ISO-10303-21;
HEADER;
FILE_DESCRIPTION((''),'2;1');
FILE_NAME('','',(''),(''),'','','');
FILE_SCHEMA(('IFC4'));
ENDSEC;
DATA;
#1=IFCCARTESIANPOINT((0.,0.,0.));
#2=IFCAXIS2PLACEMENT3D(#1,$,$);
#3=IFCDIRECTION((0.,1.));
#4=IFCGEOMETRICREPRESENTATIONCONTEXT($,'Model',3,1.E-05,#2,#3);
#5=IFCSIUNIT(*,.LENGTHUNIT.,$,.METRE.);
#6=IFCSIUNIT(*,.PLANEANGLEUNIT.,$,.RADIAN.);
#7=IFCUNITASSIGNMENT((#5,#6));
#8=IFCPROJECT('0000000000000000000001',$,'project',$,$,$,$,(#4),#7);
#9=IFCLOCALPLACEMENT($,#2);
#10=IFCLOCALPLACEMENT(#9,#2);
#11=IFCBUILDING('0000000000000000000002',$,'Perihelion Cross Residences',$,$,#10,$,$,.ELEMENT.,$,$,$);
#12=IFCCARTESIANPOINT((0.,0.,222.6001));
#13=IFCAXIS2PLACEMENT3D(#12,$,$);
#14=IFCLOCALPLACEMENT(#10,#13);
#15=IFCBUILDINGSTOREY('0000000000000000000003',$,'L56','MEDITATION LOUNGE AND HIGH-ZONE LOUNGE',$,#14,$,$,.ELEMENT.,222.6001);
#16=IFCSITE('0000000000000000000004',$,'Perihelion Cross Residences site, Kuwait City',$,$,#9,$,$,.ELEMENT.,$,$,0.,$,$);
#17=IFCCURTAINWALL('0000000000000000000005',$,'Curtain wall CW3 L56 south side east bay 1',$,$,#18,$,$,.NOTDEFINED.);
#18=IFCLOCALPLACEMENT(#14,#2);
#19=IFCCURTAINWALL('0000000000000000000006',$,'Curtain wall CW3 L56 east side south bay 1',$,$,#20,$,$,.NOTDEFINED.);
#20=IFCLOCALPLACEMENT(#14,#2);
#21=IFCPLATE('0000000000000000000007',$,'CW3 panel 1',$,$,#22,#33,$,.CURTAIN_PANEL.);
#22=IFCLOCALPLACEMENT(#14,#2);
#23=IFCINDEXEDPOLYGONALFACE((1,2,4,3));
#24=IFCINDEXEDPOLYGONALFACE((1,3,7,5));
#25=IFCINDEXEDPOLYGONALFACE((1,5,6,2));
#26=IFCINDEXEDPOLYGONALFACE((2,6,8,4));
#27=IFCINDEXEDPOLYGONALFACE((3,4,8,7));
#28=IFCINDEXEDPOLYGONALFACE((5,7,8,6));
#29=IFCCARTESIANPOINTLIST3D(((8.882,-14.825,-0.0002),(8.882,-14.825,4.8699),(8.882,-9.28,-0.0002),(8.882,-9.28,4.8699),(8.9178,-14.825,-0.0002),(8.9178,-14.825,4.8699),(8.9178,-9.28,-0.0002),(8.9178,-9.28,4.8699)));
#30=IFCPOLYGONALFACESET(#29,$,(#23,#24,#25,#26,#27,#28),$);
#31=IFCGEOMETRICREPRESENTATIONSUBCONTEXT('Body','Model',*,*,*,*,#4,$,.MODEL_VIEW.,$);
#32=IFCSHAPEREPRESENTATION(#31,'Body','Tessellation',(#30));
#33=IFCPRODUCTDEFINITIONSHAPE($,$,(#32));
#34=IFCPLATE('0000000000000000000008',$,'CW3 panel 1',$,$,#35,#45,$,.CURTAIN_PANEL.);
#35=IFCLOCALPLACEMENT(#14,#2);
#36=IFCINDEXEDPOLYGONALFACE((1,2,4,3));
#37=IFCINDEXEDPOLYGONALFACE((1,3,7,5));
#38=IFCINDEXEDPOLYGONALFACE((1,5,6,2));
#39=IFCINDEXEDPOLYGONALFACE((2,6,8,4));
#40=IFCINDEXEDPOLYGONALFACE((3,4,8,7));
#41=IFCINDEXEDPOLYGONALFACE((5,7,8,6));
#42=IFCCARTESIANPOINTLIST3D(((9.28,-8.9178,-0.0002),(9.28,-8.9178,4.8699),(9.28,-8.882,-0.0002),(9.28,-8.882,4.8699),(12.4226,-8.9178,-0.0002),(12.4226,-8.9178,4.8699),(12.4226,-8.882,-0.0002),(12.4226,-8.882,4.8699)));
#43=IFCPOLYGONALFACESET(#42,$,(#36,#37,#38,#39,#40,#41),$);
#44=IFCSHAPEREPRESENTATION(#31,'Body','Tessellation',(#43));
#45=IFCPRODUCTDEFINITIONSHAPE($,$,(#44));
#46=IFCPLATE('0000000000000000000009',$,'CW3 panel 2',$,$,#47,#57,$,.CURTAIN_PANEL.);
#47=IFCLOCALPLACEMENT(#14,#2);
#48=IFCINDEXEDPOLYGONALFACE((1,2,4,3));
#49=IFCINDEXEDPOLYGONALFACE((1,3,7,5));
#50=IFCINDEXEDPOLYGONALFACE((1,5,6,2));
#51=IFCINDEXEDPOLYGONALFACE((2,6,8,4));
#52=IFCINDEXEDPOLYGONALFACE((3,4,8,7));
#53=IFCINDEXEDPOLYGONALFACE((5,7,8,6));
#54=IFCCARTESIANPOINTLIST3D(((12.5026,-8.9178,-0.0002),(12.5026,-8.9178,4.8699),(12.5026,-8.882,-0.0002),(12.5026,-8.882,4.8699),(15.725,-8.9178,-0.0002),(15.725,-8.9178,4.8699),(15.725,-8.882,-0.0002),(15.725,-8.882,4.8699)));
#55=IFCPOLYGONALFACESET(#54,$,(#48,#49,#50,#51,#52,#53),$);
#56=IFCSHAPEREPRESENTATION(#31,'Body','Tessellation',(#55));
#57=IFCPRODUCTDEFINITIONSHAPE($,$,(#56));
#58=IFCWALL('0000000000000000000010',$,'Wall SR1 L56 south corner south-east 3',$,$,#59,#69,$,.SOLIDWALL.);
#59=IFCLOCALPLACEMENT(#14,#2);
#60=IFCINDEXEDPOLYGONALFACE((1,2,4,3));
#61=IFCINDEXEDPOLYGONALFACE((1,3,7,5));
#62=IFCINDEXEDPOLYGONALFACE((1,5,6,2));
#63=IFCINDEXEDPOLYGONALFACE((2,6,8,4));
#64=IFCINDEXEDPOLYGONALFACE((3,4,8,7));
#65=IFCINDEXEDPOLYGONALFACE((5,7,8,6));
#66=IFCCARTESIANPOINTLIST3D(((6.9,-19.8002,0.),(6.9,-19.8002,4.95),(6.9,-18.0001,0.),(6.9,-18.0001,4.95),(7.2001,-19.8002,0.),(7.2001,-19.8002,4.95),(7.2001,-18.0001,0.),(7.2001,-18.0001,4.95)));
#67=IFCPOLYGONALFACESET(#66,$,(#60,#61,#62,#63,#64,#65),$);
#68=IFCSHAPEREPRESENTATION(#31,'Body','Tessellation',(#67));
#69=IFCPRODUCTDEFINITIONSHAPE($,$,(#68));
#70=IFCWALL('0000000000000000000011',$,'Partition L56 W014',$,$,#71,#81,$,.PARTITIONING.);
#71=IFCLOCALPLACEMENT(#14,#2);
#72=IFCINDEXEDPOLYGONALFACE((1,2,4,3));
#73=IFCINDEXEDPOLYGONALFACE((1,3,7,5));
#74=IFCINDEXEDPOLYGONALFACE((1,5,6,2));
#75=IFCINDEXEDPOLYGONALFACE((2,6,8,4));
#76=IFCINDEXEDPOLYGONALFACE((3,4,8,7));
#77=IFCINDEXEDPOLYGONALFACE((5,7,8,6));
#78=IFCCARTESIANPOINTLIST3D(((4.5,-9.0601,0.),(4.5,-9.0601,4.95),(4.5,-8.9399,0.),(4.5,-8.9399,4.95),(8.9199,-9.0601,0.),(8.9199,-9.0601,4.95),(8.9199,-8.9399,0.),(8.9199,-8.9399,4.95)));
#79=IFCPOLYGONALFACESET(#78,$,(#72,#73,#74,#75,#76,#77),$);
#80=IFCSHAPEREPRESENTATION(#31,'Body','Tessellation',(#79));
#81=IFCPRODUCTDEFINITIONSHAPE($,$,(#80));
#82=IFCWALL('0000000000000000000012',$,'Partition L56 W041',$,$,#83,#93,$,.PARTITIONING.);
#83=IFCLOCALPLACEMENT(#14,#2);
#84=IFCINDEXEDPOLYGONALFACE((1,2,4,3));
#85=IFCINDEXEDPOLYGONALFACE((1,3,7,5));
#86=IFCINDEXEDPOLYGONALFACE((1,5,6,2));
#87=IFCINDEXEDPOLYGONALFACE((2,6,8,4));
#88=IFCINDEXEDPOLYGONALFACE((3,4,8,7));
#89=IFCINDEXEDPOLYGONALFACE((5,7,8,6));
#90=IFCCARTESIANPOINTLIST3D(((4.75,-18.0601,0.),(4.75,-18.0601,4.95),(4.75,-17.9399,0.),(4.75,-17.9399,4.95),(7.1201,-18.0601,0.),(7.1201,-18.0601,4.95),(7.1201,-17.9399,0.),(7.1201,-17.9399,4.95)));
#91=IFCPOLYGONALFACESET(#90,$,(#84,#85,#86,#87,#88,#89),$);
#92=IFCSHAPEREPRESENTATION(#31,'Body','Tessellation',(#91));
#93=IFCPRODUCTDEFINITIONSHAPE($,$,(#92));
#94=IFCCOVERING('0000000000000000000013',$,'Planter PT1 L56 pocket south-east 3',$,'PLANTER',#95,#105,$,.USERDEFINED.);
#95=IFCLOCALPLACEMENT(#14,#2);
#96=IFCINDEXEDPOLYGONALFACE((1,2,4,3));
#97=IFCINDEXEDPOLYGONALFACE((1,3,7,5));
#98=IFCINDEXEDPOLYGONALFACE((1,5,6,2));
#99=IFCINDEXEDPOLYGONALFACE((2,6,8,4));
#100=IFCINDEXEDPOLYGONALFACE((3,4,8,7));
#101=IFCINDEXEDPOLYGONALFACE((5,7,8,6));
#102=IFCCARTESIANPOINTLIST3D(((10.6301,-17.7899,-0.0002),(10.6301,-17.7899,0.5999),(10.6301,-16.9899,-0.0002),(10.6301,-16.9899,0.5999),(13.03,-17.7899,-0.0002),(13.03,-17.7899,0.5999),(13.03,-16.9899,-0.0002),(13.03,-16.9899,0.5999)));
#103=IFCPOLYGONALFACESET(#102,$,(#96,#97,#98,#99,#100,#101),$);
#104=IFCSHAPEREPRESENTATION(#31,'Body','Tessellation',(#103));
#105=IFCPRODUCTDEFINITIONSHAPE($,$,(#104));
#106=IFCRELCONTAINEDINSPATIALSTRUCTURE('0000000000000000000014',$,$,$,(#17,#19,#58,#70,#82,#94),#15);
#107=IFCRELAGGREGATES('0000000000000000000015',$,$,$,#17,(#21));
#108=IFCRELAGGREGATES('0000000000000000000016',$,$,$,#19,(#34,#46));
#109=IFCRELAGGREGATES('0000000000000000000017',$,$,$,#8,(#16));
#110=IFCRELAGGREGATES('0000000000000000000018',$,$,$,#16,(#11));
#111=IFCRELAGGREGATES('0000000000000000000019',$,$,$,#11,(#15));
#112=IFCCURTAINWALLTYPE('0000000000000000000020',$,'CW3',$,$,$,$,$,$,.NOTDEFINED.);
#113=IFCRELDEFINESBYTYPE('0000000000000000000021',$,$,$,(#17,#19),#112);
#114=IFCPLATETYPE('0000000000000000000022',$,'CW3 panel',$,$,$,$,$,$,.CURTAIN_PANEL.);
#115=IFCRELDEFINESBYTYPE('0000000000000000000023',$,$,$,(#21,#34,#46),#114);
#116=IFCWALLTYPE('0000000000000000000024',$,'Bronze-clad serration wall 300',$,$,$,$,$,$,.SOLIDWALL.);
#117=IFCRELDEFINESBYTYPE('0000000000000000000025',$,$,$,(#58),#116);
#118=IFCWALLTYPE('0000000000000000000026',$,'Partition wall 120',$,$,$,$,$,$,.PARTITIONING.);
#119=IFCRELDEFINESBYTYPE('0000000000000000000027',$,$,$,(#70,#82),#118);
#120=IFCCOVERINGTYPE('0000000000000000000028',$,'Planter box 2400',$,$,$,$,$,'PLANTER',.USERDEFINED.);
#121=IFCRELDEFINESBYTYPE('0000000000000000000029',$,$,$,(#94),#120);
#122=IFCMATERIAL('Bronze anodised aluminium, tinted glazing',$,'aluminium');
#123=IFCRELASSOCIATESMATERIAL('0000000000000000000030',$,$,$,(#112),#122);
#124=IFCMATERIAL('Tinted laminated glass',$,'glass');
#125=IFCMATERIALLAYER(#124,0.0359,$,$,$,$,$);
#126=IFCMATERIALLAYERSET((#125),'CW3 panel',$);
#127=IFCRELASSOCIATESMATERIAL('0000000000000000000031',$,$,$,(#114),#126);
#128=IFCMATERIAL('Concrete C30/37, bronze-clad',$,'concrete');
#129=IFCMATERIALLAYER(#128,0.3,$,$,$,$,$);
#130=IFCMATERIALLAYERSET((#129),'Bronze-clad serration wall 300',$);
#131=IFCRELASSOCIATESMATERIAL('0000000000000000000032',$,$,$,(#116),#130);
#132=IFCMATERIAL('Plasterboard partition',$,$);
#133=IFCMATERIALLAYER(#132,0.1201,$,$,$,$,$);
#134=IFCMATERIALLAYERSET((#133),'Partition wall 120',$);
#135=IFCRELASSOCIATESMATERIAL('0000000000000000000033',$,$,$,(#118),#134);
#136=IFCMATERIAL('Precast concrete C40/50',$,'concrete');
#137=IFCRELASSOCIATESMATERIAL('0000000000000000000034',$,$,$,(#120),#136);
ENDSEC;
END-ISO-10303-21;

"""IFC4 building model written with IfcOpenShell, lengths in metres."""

from ifc_helpers import new_model, si_unit, direction, frame, frame_2d, origin, origin_2d, place, context, subcontext, project, spatial, rectangle, extrude, material, layer, layer_set, type_object, element, aggregate, save


model = new_model("IFC4")

# Units and contexts
model_context = context("Model", 3, precision=1e-05, world=origin(), true_north=direction((0.0, 1.0)))
body_context = subcontext(model_context, "Body", "Model", "MODEL_VIEW")
ifc_project = project(units=[si_unit("LENGTHUNIT", "METRE"), si_unit("PLANEANGLEUNIT", "RADIAN")], contexts=[model_context])

# Site, building, storey
site_placement = place(None, origin())
site = spatial("IfcSite", under=ifc_project, at=site_placement, Name="Perihelion Cross Residences site, Kuwait City", CompositionType="ELEMENT", RefElevation=0.0)
building_placement = place(site_placement, origin())
building = spatial("IfcBuilding", under=site, at=building_placement, Name="Perihelion Cross Residences", CompositionType="ELEMENT")
storey_placement = place(building_placement, frame((0.0, 0.0, 222.6001)))
storey = spatial("IfcBuildingStorey", under=building, at=storey_placement, Name="L56", Description="MEDITATION LOUNGE AND HIGH-ZONE LOUNGE", CompositionType="ELEMENT", Elevation=222.6001)

# Curtain wall
ifc_material_1 = material(Name="Bronze anodised aluminium, tinted glazing", Category="aluminium")
curtain_wall_type = type_object("IfcCurtainWallType", Name="CW3", PredefinedType="NOTDEFINED", material=ifc_material_1)
curtain_wall_1_placement = place(storey_placement, origin())
curtain_wall_1 = element("IfcCurtainWall", 1, at=curtain_wall_1_placement, inside=storey, type_object=curtain_wall_type, Name="Curtain wall CW3 L56 south side east bay 1", PredefinedType="NOTDEFINED")

# Curtain wall
curtain_wall_2_placement = place(storey_placement, origin())
curtain_wall_2 = element("IfcCurtainWall", 2, at=curtain_wall_2_placement, inside=storey, type_object=curtain_wall_type, Name="Curtain wall CW3 L56 east side south bay 1", PredefinedType="NOTDEFINED")

# Plates
ifc_material_2 = material(Name="Tinted laminated glass", Category="glass")
ifc_layer_1 = layer(ifc_material_2, 0.0359)
ifc_layer_set_1 = layer_set([ifc_layer_1], Name="CW3 panel")
plate_type = type_object("IfcPlateType", Name="CW3 panel", PredefinedType="CURTAIN_PANEL", material=ifc_layer_set_1)
plate_1_placement = place(storey_placement, frame((8.8999, -12.0525, -0.0002), z_axis=(0.0, 0.0, 1.0), x_axis=(0.0, 1.0, 0.0)))
plate_1 = element("IfcPlate", 3, at=plate_1_placement, type_object=plate_type, Name="CW3 panel 1", PredefinedType="CURTAIN_PANEL", context=body_context, shape_type="SweptSolid", body=[
    extrude(rectangle(XDim=5.5449, YDim=0.0359, at=origin_2d()), origin(), (0.0, 0.0, 1.0), 4.8701),
])
aggregate(curtain_wall_1, [plate_1])
plate_2_placement = place(storey_placement, frame((10.8513, -8.8999, -0.0002), z_axis=(0.0, 0.0, 1.0), x_axis=(1.0, 0.0, 0.0)))
plate_2 = element("IfcPlate", 4, at=plate_2_placement, type_object=plate_type, Name="CW3 panel 1", PredefinedType="CURTAIN_PANEL", context=body_context, shape_type="SweptSolid", body=[
    extrude(rectangle(XDim=3.1426, YDim=0.0359, at=origin_2d()), origin(), (0.0, 0.0, 1.0), 4.8701),
])
plate_3_placement = place(storey_placement, frame((14.1138, -8.8999, -0.0002), z_axis=(0.0, 0.0, 1.0), x_axis=(1.0, 0.0, 0.0)))
plate_3 = element("IfcPlate", 5, at=plate_3_placement, type_object=plate_type, Name="CW3 panel 2", PredefinedType="CURTAIN_PANEL", context=body_context, shape_type="SweptSolid", body=[
    extrude(rectangle(XDim=3.2224, YDim=0.0359, at=origin_2d()), origin(), (0.0, 0.0, 1.0), 4.8701),
])
aggregate(curtain_wall_2, [plate_2, plate_3])

# Walls
ifc_material_3 = material(Name="Concrete C30/37, bronze-clad", Category="concrete")
ifc_layer_2 = layer(ifc_material_3, 0.3)
ifc_layer_set_2 = layer_set([ifc_layer_2], Name="Bronze-clad serration wall 300")
wall_type_1 = type_object("IfcWallType", Name="Bronze-clad serration wall 300", PredefinedType="SOLIDWALL", material=ifc_layer_set_2)
wall_1_placement = place(storey_placement, frame((7.05, -19.8, 0.0), z_axis=(0.0, 0.0, 1.0), x_axis=(0.0, 1.0, 0.0)))
element("IfcWall", 6, at=wall_1_placement, inside=storey, type_object=wall_type_1, Name="Wall SR1 L56 south corner south-east 3", PredefinedType="SOLIDWALL", context=body_context, shape_type="SweptSolid", body=[
    extrude(rectangle(XDim=1.8, YDim=0.3, at=frame_2d((0.8999, 0.0))), origin(), (0.0, 0.0, 1.0), 4.95),
])
ifc_material_4 = material(Name="Plasterboard partition")
ifc_layer_3 = layer(ifc_material_4, 0.1201)
ifc_layer_set_3 = layer_set([ifc_layer_3], Name="Partition wall 120")
wall_type_2 = type_object("IfcWallType", Name="Partition wall 120", PredefinedType="PARTITIONING", material=ifc_layer_set_3)
wall_2_placement = place(storey_placement, frame((8.9199, -9.0, 0.0), z_axis=(0.0, 0.0, 1.0), x_axis=(-1.0, 0.0, 0.0)))
element("IfcWall", 7, at=wall_2_placement, inside=storey, type_object=wall_type_2, Name="Partition L56 W014", PredefinedType="PARTITIONING", context=body_context, shape_type="SweptSolid", body=[
    extrude(rectangle(XDim=4.4199, YDim=0.1201, at=frame_2d((2.21, 0.0))), origin(), (0.0, 0.0, 1.0), 4.95),
])
wall_3_placement = place(storey_placement, frame((7.1201, -18.0, 0.0), z_axis=(0.0, 0.0, 1.0), x_axis=(-1.0, 0.0, 0.0)))
element("IfcWall", 8, at=wall_3_placement, inside=storey, type_object=wall_type_2, Name="Partition L56 W041", PredefinedType="PARTITIONING", context=body_context, shape_type="SweptSolid", body=[
    extrude(rectangle(XDim=2.3701, YDim=0.1201, at=frame_2d((1.1851, 0.0))), origin(), (0.0, 0.0, 1.0), 4.95),
])

# Covering
ifc_material_5 = material(Name="Precast concrete C40/50", Category="concrete")
covering_type = type_object("IfcCoveringType", Name="Planter box 2400", ElementType="PLANTER", PredefinedType="USERDEFINED", material=ifc_material_5)
covering_placement = place(storey_placement, frame((11.8301, -17.3899, -0.0002), z_axis=(0.0, 0.0, 1.0), x_axis=(-1.0, 0.0, 0.0)))
element("IfcCovering", 9, at=covering_placement, inside=storey, type_object=covering_type, Name="Planter PT1 L56 pocket south-east 3", ObjectType="PLANTER", PredefinedType="USERDEFINED", context=body_context, shape_type="SweptSolid", body=[
    extrude(rectangle(XDim=2.3999, YDim=0.8, at=origin_2d()), origin(), (0.0, 0.0, 1.0), 0.6001),
])

save(model, "model.ifc")
